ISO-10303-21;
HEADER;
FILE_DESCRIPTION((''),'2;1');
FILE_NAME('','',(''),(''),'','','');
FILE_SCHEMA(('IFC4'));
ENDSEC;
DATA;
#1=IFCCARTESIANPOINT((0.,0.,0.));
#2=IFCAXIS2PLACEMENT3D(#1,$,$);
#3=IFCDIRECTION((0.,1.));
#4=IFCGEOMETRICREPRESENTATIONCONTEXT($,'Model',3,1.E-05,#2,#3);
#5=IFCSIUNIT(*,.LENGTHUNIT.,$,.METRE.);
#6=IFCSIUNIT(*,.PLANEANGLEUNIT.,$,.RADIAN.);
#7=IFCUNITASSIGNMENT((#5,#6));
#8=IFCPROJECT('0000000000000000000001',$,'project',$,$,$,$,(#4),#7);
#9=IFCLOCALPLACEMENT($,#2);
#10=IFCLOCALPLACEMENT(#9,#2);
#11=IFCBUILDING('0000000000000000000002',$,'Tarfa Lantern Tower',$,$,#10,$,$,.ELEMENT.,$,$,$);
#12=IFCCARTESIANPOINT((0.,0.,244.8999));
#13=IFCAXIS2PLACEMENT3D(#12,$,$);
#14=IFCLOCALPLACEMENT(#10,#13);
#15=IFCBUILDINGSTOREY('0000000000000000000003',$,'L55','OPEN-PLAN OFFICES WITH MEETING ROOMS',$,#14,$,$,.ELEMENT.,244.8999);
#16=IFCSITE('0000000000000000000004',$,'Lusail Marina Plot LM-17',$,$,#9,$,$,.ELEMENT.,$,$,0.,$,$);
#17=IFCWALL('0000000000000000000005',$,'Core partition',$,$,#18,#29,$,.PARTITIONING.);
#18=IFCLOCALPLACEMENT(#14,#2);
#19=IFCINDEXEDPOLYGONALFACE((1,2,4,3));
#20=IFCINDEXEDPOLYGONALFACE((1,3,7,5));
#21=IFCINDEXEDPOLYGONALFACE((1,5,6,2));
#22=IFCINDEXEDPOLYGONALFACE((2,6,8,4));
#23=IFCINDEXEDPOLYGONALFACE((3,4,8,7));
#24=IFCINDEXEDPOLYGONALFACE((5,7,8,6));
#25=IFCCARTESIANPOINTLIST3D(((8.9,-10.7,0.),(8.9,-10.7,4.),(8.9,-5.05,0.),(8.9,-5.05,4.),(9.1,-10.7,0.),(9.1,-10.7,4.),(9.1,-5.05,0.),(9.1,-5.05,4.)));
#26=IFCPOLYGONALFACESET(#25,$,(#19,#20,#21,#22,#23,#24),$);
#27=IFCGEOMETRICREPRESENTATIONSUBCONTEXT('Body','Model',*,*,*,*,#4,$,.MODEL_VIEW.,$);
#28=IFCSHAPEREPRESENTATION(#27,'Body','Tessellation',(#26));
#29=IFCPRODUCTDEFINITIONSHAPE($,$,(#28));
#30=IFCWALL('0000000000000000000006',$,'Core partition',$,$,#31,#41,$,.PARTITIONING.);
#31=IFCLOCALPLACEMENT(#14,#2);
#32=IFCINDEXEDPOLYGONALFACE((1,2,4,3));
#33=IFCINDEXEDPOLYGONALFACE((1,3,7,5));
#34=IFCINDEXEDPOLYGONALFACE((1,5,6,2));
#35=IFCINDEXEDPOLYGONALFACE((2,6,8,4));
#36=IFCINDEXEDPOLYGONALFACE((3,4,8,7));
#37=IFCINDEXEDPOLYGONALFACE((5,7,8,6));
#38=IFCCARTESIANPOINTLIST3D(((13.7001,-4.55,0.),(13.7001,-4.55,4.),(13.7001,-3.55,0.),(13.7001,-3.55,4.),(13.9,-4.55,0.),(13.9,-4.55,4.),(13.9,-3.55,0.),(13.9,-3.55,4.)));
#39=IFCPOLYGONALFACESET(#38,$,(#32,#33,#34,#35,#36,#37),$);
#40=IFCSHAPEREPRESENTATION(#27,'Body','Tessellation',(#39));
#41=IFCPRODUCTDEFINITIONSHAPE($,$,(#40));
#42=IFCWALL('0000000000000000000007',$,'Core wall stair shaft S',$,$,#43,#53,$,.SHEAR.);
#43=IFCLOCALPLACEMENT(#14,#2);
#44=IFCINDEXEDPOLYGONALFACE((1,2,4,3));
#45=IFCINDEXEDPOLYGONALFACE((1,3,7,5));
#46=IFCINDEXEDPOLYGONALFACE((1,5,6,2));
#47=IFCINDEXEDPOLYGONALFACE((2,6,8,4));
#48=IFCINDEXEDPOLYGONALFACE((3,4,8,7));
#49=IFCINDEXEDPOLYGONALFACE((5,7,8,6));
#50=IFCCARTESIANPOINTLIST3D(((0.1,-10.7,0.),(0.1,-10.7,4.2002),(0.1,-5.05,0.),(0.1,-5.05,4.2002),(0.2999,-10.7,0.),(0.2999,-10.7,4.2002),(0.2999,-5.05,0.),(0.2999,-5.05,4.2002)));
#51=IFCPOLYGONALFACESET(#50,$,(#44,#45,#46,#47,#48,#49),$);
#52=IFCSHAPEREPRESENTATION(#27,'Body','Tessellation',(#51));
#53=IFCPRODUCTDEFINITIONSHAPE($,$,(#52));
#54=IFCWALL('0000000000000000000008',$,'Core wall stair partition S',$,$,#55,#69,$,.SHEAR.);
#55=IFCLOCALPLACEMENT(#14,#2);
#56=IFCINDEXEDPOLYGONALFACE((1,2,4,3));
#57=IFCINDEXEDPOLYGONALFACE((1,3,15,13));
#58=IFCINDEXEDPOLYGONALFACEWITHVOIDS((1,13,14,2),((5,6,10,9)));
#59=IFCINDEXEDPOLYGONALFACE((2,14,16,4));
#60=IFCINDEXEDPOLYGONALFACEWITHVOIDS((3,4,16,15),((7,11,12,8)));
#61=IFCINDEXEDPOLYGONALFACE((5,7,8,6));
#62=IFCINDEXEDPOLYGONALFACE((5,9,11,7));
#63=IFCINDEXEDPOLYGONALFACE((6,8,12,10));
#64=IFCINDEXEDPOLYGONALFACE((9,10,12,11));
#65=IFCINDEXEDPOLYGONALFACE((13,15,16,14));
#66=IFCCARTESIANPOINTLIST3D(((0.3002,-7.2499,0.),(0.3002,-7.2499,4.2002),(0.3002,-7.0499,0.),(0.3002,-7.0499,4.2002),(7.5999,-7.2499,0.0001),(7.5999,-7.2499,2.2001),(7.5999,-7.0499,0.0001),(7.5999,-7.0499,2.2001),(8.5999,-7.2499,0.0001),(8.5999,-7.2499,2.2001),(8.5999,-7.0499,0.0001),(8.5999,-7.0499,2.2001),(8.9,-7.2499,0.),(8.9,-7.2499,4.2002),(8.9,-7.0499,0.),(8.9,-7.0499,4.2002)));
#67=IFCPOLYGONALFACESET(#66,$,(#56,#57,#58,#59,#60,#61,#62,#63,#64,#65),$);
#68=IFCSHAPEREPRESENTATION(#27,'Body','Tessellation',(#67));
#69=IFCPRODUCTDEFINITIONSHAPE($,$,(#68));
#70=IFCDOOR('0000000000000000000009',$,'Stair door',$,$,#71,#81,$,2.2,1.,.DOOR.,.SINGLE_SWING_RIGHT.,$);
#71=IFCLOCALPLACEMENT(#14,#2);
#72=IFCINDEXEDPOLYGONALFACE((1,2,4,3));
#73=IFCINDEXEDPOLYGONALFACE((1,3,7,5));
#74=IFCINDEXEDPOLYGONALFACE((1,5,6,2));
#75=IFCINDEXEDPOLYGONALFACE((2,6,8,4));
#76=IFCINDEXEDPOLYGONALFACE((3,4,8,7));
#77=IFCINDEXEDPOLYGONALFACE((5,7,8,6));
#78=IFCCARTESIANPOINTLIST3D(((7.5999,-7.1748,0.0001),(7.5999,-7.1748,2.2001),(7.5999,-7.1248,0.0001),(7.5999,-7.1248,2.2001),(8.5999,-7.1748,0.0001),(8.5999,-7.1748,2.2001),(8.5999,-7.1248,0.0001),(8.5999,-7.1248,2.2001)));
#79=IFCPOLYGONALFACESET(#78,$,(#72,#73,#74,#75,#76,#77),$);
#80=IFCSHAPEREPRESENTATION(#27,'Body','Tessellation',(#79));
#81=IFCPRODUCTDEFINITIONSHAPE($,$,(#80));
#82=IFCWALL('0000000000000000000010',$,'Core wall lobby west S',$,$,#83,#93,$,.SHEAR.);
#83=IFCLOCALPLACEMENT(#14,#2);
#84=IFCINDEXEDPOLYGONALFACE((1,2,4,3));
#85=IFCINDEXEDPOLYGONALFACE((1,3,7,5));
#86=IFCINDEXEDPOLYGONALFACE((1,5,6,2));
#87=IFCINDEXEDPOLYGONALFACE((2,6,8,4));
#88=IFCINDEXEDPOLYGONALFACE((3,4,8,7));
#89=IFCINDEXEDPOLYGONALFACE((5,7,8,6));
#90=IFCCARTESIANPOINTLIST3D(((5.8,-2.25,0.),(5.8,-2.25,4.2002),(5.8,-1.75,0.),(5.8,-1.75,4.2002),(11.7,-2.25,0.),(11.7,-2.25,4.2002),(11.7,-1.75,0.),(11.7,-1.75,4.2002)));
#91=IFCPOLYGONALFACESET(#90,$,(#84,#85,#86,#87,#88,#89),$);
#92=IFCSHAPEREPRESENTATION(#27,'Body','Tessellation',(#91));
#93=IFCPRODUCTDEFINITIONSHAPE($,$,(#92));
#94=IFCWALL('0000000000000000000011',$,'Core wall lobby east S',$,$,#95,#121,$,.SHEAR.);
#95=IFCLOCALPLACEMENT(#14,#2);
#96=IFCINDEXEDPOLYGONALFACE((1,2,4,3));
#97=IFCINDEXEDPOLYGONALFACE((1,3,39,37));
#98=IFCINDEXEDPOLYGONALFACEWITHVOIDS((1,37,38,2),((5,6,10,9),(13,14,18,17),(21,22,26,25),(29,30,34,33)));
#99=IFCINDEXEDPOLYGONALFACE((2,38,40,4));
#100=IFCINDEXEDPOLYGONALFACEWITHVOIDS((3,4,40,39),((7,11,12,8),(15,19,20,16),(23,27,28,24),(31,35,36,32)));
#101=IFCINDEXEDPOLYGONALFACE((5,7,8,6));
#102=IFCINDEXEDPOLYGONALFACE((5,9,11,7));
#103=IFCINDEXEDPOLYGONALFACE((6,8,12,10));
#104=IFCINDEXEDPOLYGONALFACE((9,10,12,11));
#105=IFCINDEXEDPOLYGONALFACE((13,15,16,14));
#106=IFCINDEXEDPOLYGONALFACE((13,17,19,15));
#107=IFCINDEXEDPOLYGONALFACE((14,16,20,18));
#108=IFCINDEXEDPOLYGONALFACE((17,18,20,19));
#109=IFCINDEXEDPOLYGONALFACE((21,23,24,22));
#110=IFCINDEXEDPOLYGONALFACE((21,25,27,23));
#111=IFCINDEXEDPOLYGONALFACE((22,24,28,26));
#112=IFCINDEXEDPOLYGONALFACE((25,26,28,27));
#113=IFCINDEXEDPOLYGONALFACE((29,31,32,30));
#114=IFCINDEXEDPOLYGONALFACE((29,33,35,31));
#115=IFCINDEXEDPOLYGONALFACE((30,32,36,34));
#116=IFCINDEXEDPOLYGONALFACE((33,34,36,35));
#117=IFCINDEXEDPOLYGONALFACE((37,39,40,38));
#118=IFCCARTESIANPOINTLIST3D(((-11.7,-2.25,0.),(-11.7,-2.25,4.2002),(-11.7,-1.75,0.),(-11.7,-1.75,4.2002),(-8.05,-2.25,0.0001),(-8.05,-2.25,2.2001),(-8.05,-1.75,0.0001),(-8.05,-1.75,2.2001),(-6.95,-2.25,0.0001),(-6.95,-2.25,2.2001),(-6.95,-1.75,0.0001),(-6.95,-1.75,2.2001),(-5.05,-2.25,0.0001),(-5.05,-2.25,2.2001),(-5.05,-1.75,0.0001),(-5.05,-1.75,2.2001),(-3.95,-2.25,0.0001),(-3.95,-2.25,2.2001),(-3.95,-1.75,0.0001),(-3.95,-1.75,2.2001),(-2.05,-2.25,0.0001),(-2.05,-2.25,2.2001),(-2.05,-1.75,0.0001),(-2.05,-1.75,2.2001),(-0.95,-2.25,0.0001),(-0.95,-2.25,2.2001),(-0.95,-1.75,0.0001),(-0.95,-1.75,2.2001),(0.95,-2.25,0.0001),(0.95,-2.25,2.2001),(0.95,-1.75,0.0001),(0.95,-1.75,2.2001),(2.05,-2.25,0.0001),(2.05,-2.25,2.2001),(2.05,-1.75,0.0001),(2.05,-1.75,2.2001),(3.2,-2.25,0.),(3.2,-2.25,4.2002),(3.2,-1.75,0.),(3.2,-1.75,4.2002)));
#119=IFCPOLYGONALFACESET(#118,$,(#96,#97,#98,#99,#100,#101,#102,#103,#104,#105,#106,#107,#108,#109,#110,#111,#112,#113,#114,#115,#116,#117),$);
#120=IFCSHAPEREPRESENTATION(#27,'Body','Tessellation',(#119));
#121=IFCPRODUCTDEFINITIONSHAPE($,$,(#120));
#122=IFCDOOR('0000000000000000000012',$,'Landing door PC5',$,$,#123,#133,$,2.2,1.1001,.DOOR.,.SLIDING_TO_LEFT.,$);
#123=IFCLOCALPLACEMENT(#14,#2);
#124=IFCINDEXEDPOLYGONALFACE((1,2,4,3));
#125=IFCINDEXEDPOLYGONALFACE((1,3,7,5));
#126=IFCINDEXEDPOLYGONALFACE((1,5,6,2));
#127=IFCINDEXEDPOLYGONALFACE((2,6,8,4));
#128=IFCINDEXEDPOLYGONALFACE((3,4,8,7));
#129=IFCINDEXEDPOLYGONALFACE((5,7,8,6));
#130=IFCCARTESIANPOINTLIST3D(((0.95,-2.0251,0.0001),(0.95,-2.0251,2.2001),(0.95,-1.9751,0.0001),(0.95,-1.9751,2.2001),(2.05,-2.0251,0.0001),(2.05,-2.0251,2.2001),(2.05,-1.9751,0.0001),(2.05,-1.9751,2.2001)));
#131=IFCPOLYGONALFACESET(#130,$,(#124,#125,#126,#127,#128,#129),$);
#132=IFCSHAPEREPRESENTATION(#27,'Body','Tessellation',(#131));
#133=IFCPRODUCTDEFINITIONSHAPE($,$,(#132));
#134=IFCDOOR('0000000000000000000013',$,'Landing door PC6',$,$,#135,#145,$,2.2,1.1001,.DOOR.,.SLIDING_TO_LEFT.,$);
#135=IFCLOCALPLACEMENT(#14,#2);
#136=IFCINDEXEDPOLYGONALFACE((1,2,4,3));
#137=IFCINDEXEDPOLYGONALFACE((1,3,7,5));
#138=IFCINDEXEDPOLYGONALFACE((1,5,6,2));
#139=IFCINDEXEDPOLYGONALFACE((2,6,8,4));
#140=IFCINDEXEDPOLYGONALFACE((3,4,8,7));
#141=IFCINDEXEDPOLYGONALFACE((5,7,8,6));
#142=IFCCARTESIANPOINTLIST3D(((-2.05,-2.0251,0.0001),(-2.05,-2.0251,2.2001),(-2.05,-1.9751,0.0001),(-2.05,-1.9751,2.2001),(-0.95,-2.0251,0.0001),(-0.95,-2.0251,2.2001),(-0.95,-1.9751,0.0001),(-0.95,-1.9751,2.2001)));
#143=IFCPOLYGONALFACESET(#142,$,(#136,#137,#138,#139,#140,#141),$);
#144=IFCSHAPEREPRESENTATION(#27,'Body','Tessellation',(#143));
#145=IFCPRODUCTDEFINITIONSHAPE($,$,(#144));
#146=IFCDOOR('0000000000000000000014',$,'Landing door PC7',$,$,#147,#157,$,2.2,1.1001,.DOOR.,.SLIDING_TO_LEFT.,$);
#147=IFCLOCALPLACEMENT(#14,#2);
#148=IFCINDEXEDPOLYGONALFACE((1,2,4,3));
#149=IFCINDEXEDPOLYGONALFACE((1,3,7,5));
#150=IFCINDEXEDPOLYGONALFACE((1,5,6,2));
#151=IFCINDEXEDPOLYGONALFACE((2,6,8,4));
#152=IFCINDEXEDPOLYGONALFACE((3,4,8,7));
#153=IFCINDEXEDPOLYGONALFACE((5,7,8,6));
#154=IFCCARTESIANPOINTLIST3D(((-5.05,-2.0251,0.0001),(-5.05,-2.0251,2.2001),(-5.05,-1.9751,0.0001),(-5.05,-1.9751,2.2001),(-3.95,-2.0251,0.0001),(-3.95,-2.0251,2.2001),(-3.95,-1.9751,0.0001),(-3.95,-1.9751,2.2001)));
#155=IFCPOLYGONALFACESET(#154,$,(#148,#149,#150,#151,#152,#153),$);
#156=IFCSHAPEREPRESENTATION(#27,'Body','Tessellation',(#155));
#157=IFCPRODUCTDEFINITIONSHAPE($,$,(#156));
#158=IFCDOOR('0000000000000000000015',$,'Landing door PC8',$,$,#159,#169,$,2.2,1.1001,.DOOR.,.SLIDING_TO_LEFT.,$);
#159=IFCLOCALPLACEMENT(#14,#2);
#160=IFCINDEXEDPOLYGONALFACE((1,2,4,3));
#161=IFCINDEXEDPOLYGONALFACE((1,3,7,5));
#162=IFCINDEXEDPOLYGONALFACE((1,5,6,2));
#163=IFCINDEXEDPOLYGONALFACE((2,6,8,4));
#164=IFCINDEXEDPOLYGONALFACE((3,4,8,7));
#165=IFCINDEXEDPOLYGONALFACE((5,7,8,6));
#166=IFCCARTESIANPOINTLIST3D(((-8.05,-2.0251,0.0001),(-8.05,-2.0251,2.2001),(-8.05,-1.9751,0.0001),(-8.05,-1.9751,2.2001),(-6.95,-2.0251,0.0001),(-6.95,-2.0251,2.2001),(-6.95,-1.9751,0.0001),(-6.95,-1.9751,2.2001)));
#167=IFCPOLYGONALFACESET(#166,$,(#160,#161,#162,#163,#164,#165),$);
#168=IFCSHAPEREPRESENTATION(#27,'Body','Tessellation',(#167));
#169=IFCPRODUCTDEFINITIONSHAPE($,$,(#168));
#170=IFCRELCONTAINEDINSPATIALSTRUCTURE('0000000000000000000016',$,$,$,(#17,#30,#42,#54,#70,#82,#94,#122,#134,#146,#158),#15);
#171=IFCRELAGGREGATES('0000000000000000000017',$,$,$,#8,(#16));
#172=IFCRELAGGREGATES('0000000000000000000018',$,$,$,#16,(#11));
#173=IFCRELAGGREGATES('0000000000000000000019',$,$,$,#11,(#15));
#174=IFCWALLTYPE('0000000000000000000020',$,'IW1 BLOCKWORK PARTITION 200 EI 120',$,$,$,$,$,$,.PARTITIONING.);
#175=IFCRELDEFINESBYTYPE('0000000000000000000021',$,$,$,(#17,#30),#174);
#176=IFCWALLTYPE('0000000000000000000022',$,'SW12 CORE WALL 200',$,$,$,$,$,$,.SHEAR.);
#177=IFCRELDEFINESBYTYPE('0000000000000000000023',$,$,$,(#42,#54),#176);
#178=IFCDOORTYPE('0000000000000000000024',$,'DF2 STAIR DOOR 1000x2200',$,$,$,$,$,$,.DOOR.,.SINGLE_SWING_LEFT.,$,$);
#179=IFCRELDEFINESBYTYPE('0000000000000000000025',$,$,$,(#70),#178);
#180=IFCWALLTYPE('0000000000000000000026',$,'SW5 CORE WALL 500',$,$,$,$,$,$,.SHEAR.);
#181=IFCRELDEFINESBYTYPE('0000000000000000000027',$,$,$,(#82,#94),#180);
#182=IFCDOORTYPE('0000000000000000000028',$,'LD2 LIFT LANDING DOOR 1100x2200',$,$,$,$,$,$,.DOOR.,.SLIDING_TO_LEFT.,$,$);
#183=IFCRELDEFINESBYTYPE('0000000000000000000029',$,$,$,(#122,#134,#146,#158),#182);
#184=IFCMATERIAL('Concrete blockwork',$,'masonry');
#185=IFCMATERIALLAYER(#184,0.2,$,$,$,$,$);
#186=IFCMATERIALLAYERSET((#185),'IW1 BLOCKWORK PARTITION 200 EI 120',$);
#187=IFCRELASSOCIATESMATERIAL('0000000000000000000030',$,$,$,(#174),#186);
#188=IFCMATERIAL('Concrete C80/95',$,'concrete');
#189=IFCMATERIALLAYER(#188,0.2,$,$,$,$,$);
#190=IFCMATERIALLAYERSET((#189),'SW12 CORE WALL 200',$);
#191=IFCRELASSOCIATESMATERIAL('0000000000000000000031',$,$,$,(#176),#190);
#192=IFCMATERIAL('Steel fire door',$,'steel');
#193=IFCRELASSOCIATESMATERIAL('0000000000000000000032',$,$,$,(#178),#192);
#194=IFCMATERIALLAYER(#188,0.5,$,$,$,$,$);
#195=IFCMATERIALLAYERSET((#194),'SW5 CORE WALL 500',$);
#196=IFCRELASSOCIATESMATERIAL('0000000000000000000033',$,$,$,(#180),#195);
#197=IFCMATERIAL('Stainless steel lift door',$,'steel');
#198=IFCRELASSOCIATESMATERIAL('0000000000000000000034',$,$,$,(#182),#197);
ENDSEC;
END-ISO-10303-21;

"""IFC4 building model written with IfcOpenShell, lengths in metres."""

from ifc_helpers import new_model, si_unit, direction, frame, frame_2d, origin, place, context, subcontext, project, spatial, rectangle, extrude, material, layer, layer_set, type_object, element, fill, save


model = new_model("IFC4")

# Units and contexts
model_context = context("Model", 3, precision=1e-05, world=origin(), true_north=direction((0.0, 1.0)))
body_context = subcontext(model_context, "Body", "Model", "MODEL_VIEW")
ifc_project = project(units=[si_unit("LENGTHUNIT", "METRE"), si_unit("PLANEANGLEUNIT", "RADIAN")], contexts=[model_context])

# Site, building, storey
site_placement = place(None, origin())
site = spatial("IfcSite", under=ifc_project, at=site_placement, Name="Lusail Marina Plot LM-17", CompositionType="ELEMENT", RefElevation=0.0)
building_placement = place(site_placement, origin())
building = spatial("IfcBuilding", under=site, at=building_placement, Name="Tarfa Lantern Tower", CompositionType="ELEMENT")
storey_placement = place(building_placement, frame((0.0, 0.0, 244.8999)))
storey = spatial("IfcBuildingStorey", under=building, at=storey_placement, Name="L55", Description="OPEN-PLAN OFFICES WITH MEETING ROOMS", CompositionType="ELEMENT", Elevation=244.8999)

# Walls
ifc_material_1 = material(Name="Concrete blockwork", Category="masonry")
ifc_layer_1 = layer(ifc_material_1, 0.2)
ifc_layer_set_1 = layer_set([ifc_layer_1], Name="IW1 BLOCKWORK PARTITION 200 EI 120")
wall_type_1 = type_object("IfcWallType", Name="IW1 BLOCKWORK PARTITION 200 EI 120", PredefinedType="PARTITIONING", material=ifc_layer_set_1)
wall_1_placement = place(storey_placement, frame((9.0, -5.05, 0.0), z_axis=(0.0, 0.0, 1.0), x_axis=(0.0, -1.0, 0.0)))
element("IfcWall", 1, at=wall_1_placement, inside=storey, type_object=wall_type_1, Name="Core partition", PredefinedType="PARTITIONING", context=body_context, shape_type="SweptSolid", body=[
    extrude(rectangle(XDim=5.6499, YDim=0.2, at=frame_2d((2.825, 0.0))), origin(), (0.0, 0.0, 1.0), 4.0),
])
wall_2_placement = place(storey_placement, frame((13.8, -3.55, 0.0), z_axis=(0.0, 0.0, 1.0), x_axis=(0.0, -1.0, 0.0)))
element("IfcWall", 2, at=wall_2_placement, inside=storey, type_object=wall_type_1, Name="Core partition", PredefinedType="PARTITIONING", context=body_context, shape_type="SweptSolid", body=[
    extrude(rectangle(XDim=1.0, YDim=0.2, at=frame_2d((0.5, 0.0))), origin(), (0.0, 0.0, 1.0), 4.0),
])
ifc_material_2 = material(Name="Concrete C80/95", Category="concrete")
ifc_layer_2 = layer(ifc_material_2, 0.2)
ifc_layer_set_2 = layer_set([ifc_layer_2], Name="SW12 CORE WALL 200")
wall_type_2 = type_object("IfcWallType", Name="SW12 CORE WALL 200", PredefinedType="SHEAR", material=ifc_layer_set_2)
wall_3_placement = place(storey_placement, frame((0.2, -5.05, 0.0), z_axis=(0.0, 0.0, 1.0), x_axis=(0.0, -1.0, 0.0)))
element("IfcWall", 3, at=wall_3_placement, inside=storey, type_object=wall_type_2, Name="Core wall stair shaft S", PredefinedType="SHEAR", context=body_context, shape_type="SweptSolid", body=[
    extrude(rectangle(XDim=5.6499, YDim=0.2, at=frame_2d((2.825, 0.0))), origin(), (0.0, 0.0, 1.0), 4.2002),
])

# Wall, opening, door
wall_4_placement = place(storey_placement, frame((8.8999, -7.1499, 0.0), z_axis=(0.0, 0.0, 1.0), x_axis=(-1.0, 0.0, 0.0)))
wall_4 = element("IfcWall", 4, at=wall_4_placement, inside=storey, type_object=wall_type_2, Name="Core wall stair partition S", PredefinedType="SHEAR", context=body_context, shape_type="SweptSolid", body=[
    extrude(rectangle(XDim=8.5999, YDim=0.2, at=frame_2d((4.2998, 0.0))), origin(), (0.0, 0.0, 1.0), 4.2002),
])
opening_1_placement = place(wall_4_placement, frame((0.3, 0.0, 0.0)))
opening_1 = element("IfcOpeningElement", 5, at=opening_1_placement, cuts=wall_4, PredefinedType="OPENING", context=body_context, shape_type="SweptSolid", body=[
    extrude(rectangle(XDim=1.0, YDim=2.2, at=frame_2d((0.5, 1.1001))), frame((0.0, 0.1099, 0.0), z_axis=(0.0, -1.0, 0.0), x_axis=(1.0, 0.0, 0.0)), (0.0, 0.0, 1.0), 0.22),
])
ifc_material_3 = material(Name="Steel fire door", Category="steel")
door_type_1 = type_object("IfcDoorType", Name="DF2 STAIR DOOR 1000x2200", OperationType="SINGLE_SWING_LEFT", PredefinedType="DOOR", material=ifc_material_3)
door_1_placement = place(opening_1_placement, origin())
door_1 = element("IfcDoor", 6, at=door_1_placement, inside=storey, type_object=door_type_1, Name="Stair door", OperationType="SINGLE_SWING_RIGHT", OverallHeight=2.2, OverallWidth=1.0, PredefinedType="DOOR", context=body_context, shape_type="SweptSolid", body=[
    extrude(rectangle(XDim=1.0, YDim=2.2, at=frame_2d((0.5, 1.1001))), frame((0.0, 0.0249, 0.0), z_axis=(0.0, -1.0, 0.0), x_axis=(1.0, 0.0, 0.0)), (0.0, 0.0, 1.0), 0.05),
])
fill(opening_1, door_1)

# Wall
ifc_layer_3 = layer(ifc_material_2, 0.5)
ifc_layer_set_3 = layer_set([ifc_layer_3], Name="SW5 CORE WALL 500")
wall_type_3 = type_object("IfcWallType", Name="SW5 CORE WALL 500", PredefinedType="SHEAR", material=ifc_layer_set_3)
wall_5_placement = place(storey_placement, frame((11.7, -2.0, 0.0), z_axis=(0.0, 0.0, 1.0), x_axis=(-1.0, 0.0, 0.0)))
element("IfcWall", 7, at=wall_5_placement, inside=storey, type_object=wall_type_3, Name="Core wall lobby west S", PredefinedType="SHEAR", context=body_context, shape_type="SweptSolid", body=[
    extrude(rectangle(XDim=5.8999, YDim=0.5, at=frame_2d((2.95, 0.0))), origin(), (0.0, 0.0, 1.0), 4.2002),
])

# Wall, openings, doors
wall_6_placement = place(storey_placement, frame((3.2, -2.0, 0.0), z_axis=(0.0, 0.0, 1.0), x_axis=(-1.0, 0.0, 0.0)))
wall_6 = element("IfcWall", 8, at=wall_6_placement, inside=storey, type_object=wall_type_3, Name="Core wall lobby east S", PredefinedType="SHEAR", context=body_context, shape_type="SweptSolid", body=[
    extrude(rectangle(XDim=14.8999, YDim=0.5, at=frame_2d((7.45, 0.0))), origin(), (0.0, 0.0, 1.0), 4.2002),
])
opening_2_placement = place(wall_6_placement, frame((1.1499, 0.0, 0.0)))
opening_2 = element("IfcOpeningElement", 9, at=opening_2_placement, cuts=wall_6, PredefinedType="OPENING", context=body_context, shape_type="SweptSolid", body=[
    extrude(rectangle(XDim=1.1001, YDim=2.2, at=frame_2d((0.55, 1.1001))), frame((0.0, 0.26, 0.0), z_axis=(0.0, -1.0, 0.0), x_axis=(1.0, 0.0, 0.0)), (0.0, 0.0, 1.0), 0.52),
])
opening_3_placement = place(wall_6_placement, frame((4.1499, 0.0, 0.0)))
opening_3 = element("IfcOpeningElement", 10, at=opening_3_placement, cuts=wall_6, PredefinedType="OPENING", context=body_context, shape_type="SweptSolid", body=[
    extrude(rectangle(XDim=1.1001, YDim=2.2, at=frame_2d((0.55, 1.1001))), frame((0.0, 0.26, 0.0), z_axis=(0.0, -1.0, 0.0), x_axis=(1.0, 0.0, 0.0)), (0.0, 0.0, 1.0), 0.52),
])
opening_4_placement = place(wall_6_placement, frame((7.1499, 0.0, 0.0)))
opening_4 = element("IfcOpeningElement", 11, at=opening_4_placement, cuts=wall_6, PredefinedType="OPENING", context=body_context, shape_type="SweptSolid", body=[
    extrude(rectangle(XDim=1.1001, YDim=2.2, at=frame_2d((0.55, 1.1001))), frame((0.0, 0.26, 0.0), z_axis=(0.0, -1.0, 0.0), x_axis=(1.0, 0.0, 0.0)), (0.0, 0.0, 1.0), 0.52),
])
opening_5_placement = place(wall_6_placement, frame((10.1499, 0.0, 0.0)))
opening_5 = element("IfcOpeningElement", 12, at=opening_5_placement, cuts=wall_6, PredefinedType="OPENING", context=body_context, shape_type="SweptSolid", body=[
    extrude(rectangle(XDim=1.1001, YDim=2.2, at=frame_2d((0.55, 1.1001))), frame((0.0, 0.26, 0.0), z_axis=(0.0, -1.0, 0.0), x_axis=(1.0, 0.0, 0.0)), (0.0, 0.0, 1.0), 0.52),
])
ifc_material_4 = material(Name="Stainless steel lift door", Category="steel")
door_type_2 = type_object("IfcDoorType", Name="LD2 LIFT LANDING DOOR 1100x2200", OperationType="SLIDING_TO_LEFT", PredefinedType="DOOR", material=ifc_material_4)
door_2_placement = place(opening_2_placement, frame((1.1001, 0.0, 0.0), z_axis=(0.0, 0.0, 1.0), x_axis=(-1.0, 0.0, 0.0)))
door_2 = element("IfcDoor", 13, at=door_2_placement, inside=storey, type_object=door_type_2, Name="Landing door PC5", OperationType="SLIDING_TO_LEFT", OverallHeight=2.2, OverallWidth=1.1001, PredefinedType="DOOR", context=body_context, shape_type="SweptSolid", body=[
    extrude(rectangle(XDim=1.1001, YDim=2.2, at=frame_2d((0.55, 1.1001))), frame((0.0, 0.0249, 0.0), z_axis=(0.0, -1.0, 0.0), x_axis=(1.0, 0.0, 0.0)), (0.0, 0.0, 1.0), 0.05),
])
fill(opening_2, door_2)
door_3_placement = place(opening_3_placement, frame((1.1001, 0.0, 0.0), z_axis=(0.0, 0.0, 1.0), x_axis=(-1.0, 0.0, 0.0)))
door_3 = element("IfcDoor", 14, at=door_3_placement, inside=storey, type_object=door_type_2, Name="Landing door PC6", OperationType="SLIDING_TO_LEFT", OverallHeight=2.2, OverallWidth=1.1001, PredefinedType="DOOR", context=body_context, shape_type="SweptSolid", body=[
    extrude(rectangle(XDim=1.1001, YDim=2.2, at=frame_2d((0.55, 1.1001))), frame((0.0, 0.0249, 0.0), z_axis=(0.0, -1.0, 0.0), x_axis=(1.0, 0.0, 0.0)), (0.0, 0.0, 1.0), 0.05),
])
fill(opening_3, door_3)
door_4_placement = place(opening_4_placement, frame((1.1001, 0.0, 0.0), z_axis=(0.0, 0.0, 1.0), x_axis=(-1.0, 0.0, 0.0)))
door_4 = element("IfcDoor", 15, at=door_4_placement, inside=storey, type_object=door_type_2, Name="Landing door PC7", OperationType="SLIDING_TO_LEFT", OverallHeight=2.2, OverallWidth=1.1001, PredefinedType="DOOR", context=body_context, shape_type="SweptSolid", body=[
    extrude(rectangle(XDim=1.1001, YDim=2.2, at=frame_2d((0.55, 1.1001))), frame((0.0, 0.0249, 0.0), z_axis=(0.0, -1.0, 0.0), x_axis=(1.0, 0.0, 0.0)), (0.0, 0.0, 1.0), 0.05),
])
fill(opening_4, door_4)
door_5_placement = place(opening_5_placement, frame((1.1001, 0.0, 0.0), z_axis=(0.0, 0.0, 1.0), x_axis=(-1.0, 0.0, 0.0)))
door_5 = element("IfcDoor", 16, at=door_5_placement, inside=storey, type_object=door_type_2, Name="Landing door PC8", OperationType="SLIDING_TO_LEFT", OverallHeight=2.2, OverallWidth=1.1001, PredefinedType="DOOR", context=body_context, shape_type="SweptSolid", body=[
    extrude(rectangle(XDim=1.1001, YDim=2.2, at=frame_2d((0.55, 1.1001))), frame((0.0, 0.0249, 0.0), z_axis=(0.0, -1.0, 0.0), x_axis=(1.0, 0.0, 0.0)), (0.0, 0.0, 1.0), 0.05),
])
fill(opening_5, door_5)

save(model, "model.ifc")
